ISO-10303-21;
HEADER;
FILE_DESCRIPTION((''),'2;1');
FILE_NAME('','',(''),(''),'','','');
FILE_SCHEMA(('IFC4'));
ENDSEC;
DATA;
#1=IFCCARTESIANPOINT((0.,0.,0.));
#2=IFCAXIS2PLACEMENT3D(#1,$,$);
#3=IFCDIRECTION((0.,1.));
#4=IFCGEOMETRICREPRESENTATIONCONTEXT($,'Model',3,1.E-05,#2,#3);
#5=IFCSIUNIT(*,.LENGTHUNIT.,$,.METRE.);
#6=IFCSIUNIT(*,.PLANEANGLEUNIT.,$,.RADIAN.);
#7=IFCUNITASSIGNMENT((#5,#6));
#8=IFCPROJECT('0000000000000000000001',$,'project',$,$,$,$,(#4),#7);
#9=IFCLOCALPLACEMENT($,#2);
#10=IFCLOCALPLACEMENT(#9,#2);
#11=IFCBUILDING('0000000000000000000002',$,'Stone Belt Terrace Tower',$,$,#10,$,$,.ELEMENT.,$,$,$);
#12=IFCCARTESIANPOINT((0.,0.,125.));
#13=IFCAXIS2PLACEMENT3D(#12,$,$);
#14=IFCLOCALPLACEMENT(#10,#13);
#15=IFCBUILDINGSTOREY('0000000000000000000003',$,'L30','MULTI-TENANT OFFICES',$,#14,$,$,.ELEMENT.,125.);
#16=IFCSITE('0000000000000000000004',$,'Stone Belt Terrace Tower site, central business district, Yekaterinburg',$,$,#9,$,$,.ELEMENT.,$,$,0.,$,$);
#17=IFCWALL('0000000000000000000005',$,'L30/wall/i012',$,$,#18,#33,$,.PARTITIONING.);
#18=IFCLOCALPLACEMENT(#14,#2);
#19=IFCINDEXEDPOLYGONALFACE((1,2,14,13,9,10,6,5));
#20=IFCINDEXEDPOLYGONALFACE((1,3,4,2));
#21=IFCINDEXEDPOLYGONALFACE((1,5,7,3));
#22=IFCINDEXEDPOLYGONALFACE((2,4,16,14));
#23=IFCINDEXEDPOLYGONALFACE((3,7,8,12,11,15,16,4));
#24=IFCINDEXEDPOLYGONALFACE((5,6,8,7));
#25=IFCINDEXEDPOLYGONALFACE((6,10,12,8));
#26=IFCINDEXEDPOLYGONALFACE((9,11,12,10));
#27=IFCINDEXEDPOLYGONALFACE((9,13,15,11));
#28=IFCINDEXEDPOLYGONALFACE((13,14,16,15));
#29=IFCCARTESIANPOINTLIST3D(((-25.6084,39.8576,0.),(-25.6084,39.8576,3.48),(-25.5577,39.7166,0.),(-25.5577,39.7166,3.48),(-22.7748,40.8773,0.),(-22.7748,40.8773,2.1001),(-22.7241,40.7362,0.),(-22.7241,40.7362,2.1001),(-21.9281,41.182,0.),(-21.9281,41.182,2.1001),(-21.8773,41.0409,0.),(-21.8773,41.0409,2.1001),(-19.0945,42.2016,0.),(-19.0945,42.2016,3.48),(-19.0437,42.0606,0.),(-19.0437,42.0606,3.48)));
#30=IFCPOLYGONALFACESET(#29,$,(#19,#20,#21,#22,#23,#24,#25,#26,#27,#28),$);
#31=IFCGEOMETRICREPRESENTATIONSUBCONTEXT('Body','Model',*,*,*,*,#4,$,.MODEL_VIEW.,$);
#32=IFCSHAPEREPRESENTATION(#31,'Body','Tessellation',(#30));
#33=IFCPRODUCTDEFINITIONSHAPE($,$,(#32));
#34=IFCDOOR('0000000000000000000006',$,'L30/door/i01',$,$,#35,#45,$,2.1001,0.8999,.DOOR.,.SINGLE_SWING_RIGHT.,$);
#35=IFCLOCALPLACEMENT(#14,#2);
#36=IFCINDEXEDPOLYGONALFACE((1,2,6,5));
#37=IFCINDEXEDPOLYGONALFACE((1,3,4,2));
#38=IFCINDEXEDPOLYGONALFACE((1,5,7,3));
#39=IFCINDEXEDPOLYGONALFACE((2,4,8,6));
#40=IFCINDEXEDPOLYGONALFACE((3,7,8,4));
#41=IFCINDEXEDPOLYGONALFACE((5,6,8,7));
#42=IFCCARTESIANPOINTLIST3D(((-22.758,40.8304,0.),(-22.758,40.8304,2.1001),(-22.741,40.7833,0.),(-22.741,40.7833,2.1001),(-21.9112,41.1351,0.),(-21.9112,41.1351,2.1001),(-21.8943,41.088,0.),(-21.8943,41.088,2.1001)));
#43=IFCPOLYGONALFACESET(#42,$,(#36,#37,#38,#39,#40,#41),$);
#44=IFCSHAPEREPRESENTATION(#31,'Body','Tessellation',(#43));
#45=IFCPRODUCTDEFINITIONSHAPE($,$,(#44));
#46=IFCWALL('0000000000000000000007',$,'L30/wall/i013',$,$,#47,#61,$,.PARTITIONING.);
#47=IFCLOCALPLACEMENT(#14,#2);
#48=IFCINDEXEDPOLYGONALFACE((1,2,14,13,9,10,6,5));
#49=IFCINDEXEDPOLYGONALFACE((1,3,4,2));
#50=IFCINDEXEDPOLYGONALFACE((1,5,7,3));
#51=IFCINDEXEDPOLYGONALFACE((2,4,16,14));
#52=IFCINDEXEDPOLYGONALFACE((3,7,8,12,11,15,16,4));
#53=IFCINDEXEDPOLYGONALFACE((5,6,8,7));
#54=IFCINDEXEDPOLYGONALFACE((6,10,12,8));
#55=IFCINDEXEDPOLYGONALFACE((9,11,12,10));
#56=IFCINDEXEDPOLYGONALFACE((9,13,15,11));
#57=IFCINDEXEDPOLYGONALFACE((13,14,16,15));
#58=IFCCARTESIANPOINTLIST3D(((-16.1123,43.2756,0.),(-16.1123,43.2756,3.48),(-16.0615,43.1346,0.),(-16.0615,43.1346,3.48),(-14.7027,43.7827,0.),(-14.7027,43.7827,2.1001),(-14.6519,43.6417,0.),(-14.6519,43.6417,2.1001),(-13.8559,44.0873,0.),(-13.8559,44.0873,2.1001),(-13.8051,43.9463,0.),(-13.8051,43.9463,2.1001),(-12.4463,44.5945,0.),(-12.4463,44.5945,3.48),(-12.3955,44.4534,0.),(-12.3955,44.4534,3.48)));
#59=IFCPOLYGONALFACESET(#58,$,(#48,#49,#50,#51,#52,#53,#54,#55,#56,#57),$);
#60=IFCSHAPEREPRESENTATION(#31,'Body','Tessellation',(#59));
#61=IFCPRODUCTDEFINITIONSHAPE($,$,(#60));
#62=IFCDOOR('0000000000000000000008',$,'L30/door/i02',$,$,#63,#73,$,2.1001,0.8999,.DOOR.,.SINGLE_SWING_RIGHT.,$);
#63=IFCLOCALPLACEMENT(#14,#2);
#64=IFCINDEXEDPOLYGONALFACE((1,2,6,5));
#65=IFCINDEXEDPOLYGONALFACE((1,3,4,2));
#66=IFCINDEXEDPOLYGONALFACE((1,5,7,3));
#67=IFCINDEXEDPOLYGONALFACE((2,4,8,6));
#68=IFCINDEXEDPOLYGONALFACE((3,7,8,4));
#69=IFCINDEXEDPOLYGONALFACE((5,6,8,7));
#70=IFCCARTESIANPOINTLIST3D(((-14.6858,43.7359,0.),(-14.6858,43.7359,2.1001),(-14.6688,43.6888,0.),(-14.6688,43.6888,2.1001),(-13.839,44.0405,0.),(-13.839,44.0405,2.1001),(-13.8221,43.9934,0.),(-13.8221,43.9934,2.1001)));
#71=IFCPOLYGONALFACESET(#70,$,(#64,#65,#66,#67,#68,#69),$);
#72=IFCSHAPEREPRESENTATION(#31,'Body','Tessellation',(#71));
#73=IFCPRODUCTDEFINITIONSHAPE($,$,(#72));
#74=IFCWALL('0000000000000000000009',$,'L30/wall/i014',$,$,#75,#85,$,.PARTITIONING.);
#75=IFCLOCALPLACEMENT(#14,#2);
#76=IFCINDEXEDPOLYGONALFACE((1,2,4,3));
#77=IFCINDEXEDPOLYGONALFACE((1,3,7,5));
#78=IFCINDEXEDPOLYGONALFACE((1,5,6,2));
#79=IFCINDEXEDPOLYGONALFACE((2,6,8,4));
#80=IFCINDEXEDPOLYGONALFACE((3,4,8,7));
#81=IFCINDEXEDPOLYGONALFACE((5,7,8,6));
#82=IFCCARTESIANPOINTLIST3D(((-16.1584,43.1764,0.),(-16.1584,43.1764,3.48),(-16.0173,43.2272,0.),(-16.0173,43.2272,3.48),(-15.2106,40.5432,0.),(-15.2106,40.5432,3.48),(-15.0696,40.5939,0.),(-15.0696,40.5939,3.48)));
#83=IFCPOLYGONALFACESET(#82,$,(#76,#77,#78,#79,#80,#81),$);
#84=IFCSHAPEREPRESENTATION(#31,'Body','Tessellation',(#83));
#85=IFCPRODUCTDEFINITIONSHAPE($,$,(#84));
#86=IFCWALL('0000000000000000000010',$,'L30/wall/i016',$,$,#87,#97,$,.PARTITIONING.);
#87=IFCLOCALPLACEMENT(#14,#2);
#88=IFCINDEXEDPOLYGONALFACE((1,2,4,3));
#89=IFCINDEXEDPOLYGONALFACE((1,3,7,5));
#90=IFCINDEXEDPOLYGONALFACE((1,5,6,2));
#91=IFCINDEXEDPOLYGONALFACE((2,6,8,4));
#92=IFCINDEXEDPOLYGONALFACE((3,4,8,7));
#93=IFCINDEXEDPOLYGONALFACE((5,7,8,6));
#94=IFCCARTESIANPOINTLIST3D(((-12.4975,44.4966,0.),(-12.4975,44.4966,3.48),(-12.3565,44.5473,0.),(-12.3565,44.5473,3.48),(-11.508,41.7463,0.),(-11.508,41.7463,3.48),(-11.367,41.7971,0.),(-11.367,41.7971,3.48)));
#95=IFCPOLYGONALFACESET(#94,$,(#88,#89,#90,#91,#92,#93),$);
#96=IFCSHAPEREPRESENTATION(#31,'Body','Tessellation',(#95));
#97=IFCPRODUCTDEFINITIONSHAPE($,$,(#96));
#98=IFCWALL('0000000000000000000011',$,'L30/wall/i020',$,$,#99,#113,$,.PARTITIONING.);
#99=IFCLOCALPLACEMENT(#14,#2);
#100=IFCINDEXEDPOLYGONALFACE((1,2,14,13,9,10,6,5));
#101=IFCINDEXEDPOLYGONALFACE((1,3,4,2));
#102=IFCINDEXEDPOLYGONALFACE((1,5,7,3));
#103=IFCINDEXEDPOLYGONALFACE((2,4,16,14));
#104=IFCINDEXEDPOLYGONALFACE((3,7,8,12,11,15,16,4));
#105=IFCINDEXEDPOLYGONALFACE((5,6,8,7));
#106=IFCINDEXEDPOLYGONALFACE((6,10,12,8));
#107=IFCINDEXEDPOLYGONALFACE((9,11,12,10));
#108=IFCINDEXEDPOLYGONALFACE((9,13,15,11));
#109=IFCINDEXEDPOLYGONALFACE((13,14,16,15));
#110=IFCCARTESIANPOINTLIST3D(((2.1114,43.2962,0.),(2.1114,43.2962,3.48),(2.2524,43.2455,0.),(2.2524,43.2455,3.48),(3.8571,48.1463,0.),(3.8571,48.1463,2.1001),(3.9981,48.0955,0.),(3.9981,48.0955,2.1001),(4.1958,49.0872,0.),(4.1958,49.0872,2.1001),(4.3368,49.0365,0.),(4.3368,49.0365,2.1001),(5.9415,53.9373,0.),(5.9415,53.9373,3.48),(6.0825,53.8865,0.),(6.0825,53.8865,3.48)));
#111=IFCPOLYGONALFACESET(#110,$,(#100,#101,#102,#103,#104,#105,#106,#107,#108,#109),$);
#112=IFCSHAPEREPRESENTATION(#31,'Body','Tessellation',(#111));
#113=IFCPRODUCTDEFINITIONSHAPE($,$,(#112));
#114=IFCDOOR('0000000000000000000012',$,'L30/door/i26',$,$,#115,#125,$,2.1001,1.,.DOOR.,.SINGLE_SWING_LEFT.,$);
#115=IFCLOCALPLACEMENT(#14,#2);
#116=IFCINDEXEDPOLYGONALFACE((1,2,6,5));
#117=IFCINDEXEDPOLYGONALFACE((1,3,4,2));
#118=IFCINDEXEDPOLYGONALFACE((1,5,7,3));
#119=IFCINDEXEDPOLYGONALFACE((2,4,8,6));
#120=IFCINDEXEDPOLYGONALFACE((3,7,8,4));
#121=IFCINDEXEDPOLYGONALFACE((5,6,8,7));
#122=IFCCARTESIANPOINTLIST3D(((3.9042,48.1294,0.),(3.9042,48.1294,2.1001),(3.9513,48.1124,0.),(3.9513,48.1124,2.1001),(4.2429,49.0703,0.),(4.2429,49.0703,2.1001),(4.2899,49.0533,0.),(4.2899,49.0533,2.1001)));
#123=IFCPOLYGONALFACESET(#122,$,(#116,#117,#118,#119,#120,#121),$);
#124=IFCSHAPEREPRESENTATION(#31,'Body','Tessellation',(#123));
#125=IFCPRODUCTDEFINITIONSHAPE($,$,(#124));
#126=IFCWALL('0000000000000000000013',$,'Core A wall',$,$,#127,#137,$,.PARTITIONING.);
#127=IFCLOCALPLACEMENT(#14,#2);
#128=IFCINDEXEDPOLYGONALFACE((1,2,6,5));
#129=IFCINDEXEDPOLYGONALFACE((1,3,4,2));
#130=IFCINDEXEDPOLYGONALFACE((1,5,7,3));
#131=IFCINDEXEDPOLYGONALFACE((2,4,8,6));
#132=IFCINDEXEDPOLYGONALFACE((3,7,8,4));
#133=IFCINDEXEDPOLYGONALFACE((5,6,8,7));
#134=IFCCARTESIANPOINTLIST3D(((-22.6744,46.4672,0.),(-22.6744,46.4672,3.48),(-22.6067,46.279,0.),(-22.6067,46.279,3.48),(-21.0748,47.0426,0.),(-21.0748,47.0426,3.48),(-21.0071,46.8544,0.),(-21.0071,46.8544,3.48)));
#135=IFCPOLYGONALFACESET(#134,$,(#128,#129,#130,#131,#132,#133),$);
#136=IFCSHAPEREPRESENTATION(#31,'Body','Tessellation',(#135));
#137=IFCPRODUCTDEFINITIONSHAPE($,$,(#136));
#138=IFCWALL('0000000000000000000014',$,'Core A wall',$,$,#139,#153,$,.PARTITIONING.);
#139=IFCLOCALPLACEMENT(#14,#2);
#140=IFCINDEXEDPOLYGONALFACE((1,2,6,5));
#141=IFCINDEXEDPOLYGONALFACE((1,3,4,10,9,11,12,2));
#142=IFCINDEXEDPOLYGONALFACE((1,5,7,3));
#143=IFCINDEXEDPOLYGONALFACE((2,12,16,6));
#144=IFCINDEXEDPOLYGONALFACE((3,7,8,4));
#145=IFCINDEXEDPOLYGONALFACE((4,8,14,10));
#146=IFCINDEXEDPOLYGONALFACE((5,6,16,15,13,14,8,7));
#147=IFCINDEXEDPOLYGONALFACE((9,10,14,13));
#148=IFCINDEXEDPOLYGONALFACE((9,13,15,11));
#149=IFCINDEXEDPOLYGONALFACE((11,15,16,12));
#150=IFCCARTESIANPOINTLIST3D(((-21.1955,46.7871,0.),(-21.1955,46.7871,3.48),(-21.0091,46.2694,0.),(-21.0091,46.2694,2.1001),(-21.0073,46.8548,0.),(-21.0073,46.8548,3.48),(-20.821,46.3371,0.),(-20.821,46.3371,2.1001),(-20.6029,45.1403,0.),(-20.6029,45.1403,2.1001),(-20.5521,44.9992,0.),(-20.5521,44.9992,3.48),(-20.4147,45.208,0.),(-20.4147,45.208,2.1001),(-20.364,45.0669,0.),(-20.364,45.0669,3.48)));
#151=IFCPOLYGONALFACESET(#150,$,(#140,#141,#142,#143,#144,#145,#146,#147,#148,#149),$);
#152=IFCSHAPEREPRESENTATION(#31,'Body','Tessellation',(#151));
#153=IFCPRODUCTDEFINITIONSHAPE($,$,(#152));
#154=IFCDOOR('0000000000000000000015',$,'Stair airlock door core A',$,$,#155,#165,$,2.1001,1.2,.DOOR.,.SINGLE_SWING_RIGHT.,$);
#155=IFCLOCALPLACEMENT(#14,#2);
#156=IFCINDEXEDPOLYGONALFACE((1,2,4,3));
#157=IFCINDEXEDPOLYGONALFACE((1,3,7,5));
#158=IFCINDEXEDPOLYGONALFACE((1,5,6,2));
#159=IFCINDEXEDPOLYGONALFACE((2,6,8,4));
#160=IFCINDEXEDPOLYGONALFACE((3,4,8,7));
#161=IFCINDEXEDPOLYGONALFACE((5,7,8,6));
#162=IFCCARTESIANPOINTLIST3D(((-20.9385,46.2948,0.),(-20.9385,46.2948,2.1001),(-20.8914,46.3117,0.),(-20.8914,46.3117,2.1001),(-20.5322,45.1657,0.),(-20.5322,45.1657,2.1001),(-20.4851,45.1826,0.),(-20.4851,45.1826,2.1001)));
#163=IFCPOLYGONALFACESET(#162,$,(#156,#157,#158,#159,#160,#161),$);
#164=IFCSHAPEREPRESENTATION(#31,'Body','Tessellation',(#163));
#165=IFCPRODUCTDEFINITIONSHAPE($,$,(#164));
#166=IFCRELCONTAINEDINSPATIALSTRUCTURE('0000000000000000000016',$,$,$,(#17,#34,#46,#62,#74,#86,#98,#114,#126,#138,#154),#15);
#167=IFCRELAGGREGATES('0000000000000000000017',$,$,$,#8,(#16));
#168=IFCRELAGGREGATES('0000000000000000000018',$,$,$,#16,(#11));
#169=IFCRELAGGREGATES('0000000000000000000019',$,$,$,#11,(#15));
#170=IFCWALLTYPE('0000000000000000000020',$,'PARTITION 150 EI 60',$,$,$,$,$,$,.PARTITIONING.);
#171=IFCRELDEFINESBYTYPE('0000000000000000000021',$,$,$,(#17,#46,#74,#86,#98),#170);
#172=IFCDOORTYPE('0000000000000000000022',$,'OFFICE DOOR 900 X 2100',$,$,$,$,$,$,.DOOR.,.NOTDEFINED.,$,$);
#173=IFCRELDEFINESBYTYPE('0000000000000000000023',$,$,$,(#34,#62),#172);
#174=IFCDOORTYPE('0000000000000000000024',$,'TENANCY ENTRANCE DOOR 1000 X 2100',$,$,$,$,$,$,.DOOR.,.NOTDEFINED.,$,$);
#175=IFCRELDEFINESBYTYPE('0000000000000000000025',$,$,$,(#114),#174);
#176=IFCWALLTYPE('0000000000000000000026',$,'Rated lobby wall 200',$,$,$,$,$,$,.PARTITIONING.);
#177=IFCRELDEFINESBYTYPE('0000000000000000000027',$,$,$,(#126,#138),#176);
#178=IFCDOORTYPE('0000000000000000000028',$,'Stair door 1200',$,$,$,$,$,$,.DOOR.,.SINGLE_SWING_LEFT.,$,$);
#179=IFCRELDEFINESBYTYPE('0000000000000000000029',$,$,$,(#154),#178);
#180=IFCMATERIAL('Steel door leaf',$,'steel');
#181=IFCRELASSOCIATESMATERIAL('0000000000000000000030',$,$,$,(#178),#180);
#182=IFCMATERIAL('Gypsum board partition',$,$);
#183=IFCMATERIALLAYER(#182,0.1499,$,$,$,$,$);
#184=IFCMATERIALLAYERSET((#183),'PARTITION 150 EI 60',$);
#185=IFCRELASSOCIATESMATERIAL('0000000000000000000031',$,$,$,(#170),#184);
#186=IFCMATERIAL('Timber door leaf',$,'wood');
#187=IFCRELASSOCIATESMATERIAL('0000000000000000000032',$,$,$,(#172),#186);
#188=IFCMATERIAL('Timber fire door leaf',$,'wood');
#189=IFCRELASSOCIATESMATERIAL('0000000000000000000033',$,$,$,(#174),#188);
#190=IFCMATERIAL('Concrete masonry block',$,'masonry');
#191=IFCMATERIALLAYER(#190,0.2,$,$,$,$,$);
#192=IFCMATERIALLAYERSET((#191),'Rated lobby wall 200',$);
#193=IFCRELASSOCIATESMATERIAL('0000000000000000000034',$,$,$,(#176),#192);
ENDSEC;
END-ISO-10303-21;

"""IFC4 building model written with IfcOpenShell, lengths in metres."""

from ifc_helpers import new_model, si_unit, direction, frame, frame_2d, origin, place, context, subcontext, project, spatial, rectangle, extrude, material, layer, layer_set, type_object, element, fill, save


model = new_model("IFC4")

# Units and contexts
model_context = context("Model", 3, precision=1e-05, world=origin(), true_north=direction((0.0, 1.0)))
body_context = subcontext(model_context, "Body", "Model", "MODEL_VIEW")
ifc_project = project(units=[si_unit("LENGTHUNIT", "METRE"), si_unit("PLANEANGLEUNIT", "RADIAN")], contexts=[model_context])

# Site, building, storey
site_placement = place(None, origin())
site = spatial("IfcSite", under=ifc_project, at=site_placement, Name="Stone Belt Terrace Tower site, central business district, Yekaterinburg", CompositionType="ELEMENT", RefElevation=0.0)
building_placement = place(site_placement, origin())
building = spatial("IfcBuilding", under=site, at=building_placement, Name="Stone Belt Terrace Tower", CompositionType="ELEMENT")
storey_placement = place(building_placement, frame((0.0, 0.0, 125.0)))
storey = spatial("IfcBuildingStorey", under=building, at=storey_placement, Name="L30", Description="MULTI-TENANT OFFICES", CompositionType="ELEMENT", Elevation=125.0)

# Shared definitions
ifc_material_1 = material(Name="Steel door leaf", Category="steel")
door_type_1 = type_object("IfcDoorType", Name="Stair door 1200", OperationType="SINGLE_SWING_LEFT", PredefinedType="DOOR", material=ifc_material_1)

# Shared definitions
ifc_material_2 = material(Name="Gypsum board partition")
ifc_layer_1 = layer(ifc_material_2, 0.1499)
ifc_layer_set_1 = layer_set([ifc_layer_1], Name="PARTITION 150 EI 60")
wall_type_1 = type_object("IfcWallType", Name="PARTITION 150 EI 60", PredefinedType="PARTITIONING", material=ifc_layer_set_1)

# Walls, openings, doors
wall_1_placement = place(storey_placement, frame((-19.0691, 42.1311, 0.0), z_axis=(0.0, 0.0, 1.0), x_axis=(-0.940934, -0.33859, 0.0)))
wall_1 = element("IfcWall", 1, at=wall_1_placement, inside=storey, type_object=wall_type_1, Name="L30/wall/i012", PredefinedType="PARTITIONING", context=body_context, shape_type="SweptSolid", body=[
    extrude(rectangle(XDim=6.9229, YDim=0.1499, at=frame_2d((3.4614, 0.0))), origin(), (0.0, 0.0, 1.0), 3.48),
])
opening_1_placement = place(wall_1_placement, frame((3.0115, 0.0, 0.0)))
opening_1 = element("IfcOpeningElement", 2, at=opening_1_placement, cuts=wall_1, PredefinedType="OPENING", context=body_context, shape_type="SweptSolid", body=[
    extrude(rectangle(XDim=0.8999, YDim=2.1001, at=frame_2d((0.45, 1.05))), frame((0.0, 0.085, 0.0), z_axis=(0.0, -1.0, 0.0), x_axis=(1.0, 0.0, 0.0)), (0.0, 0.0, 1.0), 0.1699),
])
ifc_material_3 = material(Name="Timber door leaf", Category="wood")
door_type_2 = type_object("IfcDoorType", Name="OFFICE DOOR 900 X 2100", OperationType="NOTDEFINED", PredefinedType="DOOR", material=ifc_material_3)
door_1_placement = place(opening_1_placement, origin())
door_1 = element("IfcDoor", 3, at=door_1_placement, inside=storey, type_object=door_type_2, Name="L30/door/i01", OperationType="SINGLE_SWING_RIGHT", OverallHeight=2.1001, OverallWidth=0.8999, PredefinedType="DOOR", context=body_context, shape_type="SweptSolid", body=[
    extrude(rectangle(XDim=0.8999, YDim=2.1001, at=frame_2d((0.45, 1.05))), frame((0.0, 0.0249, 0.0), z_axis=(0.0, -1.0, 0.0), x_axis=(1.0, 0.0, 0.0)), (0.0, 0.0, 1.0), 0.05),
])
fill(opening_1, door_1)
wall_2_placement = place(storey_placement, frame((-12.4209, 44.5239, 0.0), z_axis=(0.0, 0.0, 1.0), x_axis=(-0.940962, -0.338511, 0.0)))
wall_2 = element("IfcWall", 4, at=wall_2_placement, inside=storey, type_object=wall_type_1, Name="L30/wall/i013", PredefinedType="PARTITIONING", context=body_context, shape_type="SweptSolid", body=[
    extrude(rectangle(XDim=3.896, YDim=0.1499, at=frame_2d((1.948, 0.0))), origin(), (0.0, 0.0, 1.0), 3.48),
])
opening_2_placement = place(wall_2_placement, frame((1.498, 0.0, 0.0)))
opening_2 = element("IfcOpeningElement", 5, at=opening_2_placement, cuts=wall_2, PredefinedType="OPENING", context=body_context, shape_type="SweptSolid", body=[
    extrude(rectangle(XDim=0.8999, YDim=2.1001, at=frame_2d((0.45, 1.05))), frame((0.0, 0.085, 0.0), z_axis=(0.0, -1.0, 0.0), x_axis=(1.0, 0.0, 0.0)), (0.0, 0.0, 1.0), 0.1699),
])
door_2_placement = place(opening_2_placement, origin())
door_2 = element("IfcDoor", 6, at=door_2_placement, inside=storey, type_object=door_type_2, Name="L30/door/i02", OperationType="SINGLE_SWING_RIGHT", OverallHeight=2.1001, OverallWidth=0.8999, PredefinedType="DOOR", context=body_context, shape_type="SweptSolid", body=[
    extrude(rectangle(XDim=0.8999, YDim=2.1001, at=frame_2d((0.45, 1.05))), frame((0.0, 0.0249, 0.0), z_axis=(0.0, -1.0, 0.0), x_axis=(1.0, 0.0, 0.0)), (0.0, 0.0, 1.0), 0.05),
])
fill(opening_2, door_2)

# Walls
wall_3_placement = place(storey_placement, frame((-16.0879, 43.2019, 0.0), z_axis=(0.0, 0.0, 1.0), x_axis=(0.338645, -0.940914, 0.0)))
element("IfcWall", 7, at=wall_3_placement, inside=storey, type_object=wall_type_1, Name="L30/wall/i014", PredefinedType="PARTITIONING", context=body_context, shape_type="SweptSolid", body=[
    extrude(rectangle(XDim=2.7986, YDim=0.1499, at=frame_2d((1.3994, 0.0))), origin(), (0.0, 0.0, 1.0), 3.48),
])
wall_4_placement = place(storey_placement, frame((-12.427, 44.522, 0.0), z_axis=(0.0, 0.0, 1.0), x_axis=(0.338542, -0.940951, 0.0)))
element("IfcWall", 8, at=wall_4_placement, inside=storey, type_object=wall_type_1, Name="L30/wall/i016", PredefinedType="PARTITIONING", context=body_context, shape_type="SweptSolid", body=[
    extrude(rectangle(XDim=2.9229, YDim=0.1499, at=frame_2d((1.4614, 0.0))), origin(), (0.0, 0.0, 1.0), 3.48),
])

# Wall, opening, door
wall_5_placement = place(storey_placement, frame((2.1819, 43.2708, 0.0), z_axis=(0.0, 0.0, 1.0), x_axis=(0.338663, 0.940908, 0.0)))
wall_5 = element("IfcWall", 9, at=wall_5_placement, inside=storey, type_object=wall_type_1, Name="L30/wall/i020", PredefinedType="PARTITIONING", context=body_context, shape_type="SweptSolid", body=[
    extrude(rectangle(XDim=11.3093, YDim=0.1499, at=frame_2d((5.6548, 0.0))), origin(), (0.0, 0.0, 1.0), 3.48),
])
opening_3_placement = place(wall_5_placement, frame((5.1548, 0.0, 0.0)))
opening_3 = element("IfcOpeningElement", 10, at=opening_3_placement, cuts=wall_5, PredefinedType="OPENING", context=body_context, shape_type="SweptSolid", body=[
    extrude(rectangle(XDim=1.0, YDim=2.1001, at=frame_2d((0.5, 1.05))), frame((0.0, 0.085, 0.0), z_axis=(0.0, -1.0, 0.0), x_axis=(1.0, 0.0, 0.0)), (0.0, 0.0, 1.0), 0.1699),
])
ifc_material_4 = material(Name="Timber fire door leaf", Category="wood")
door_type_3 = type_object("IfcDoorType", Name="TENANCY ENTRANCE DOOR 1000 X 2100", OperationType="NOTDEFINED", PredefinedType="DOOR", material=ifc_material_4)
door_3_placement = place(opening_3_placement, origin())
door_3 = element("IfcDoor", 11, at=door_3_placement, inside=storey, type_object=door_type_3, Name="L30/door/i26", OperationType="SINGLE_SWING_LEFT", OverallHeight=2.1001, OverallWidth=1.0, PredefinedType="DOOR", context=body_context, shape_type="SweptSolid", body=[
    extrude(rectangle(XDim=1.0, YDim=2.1001, at=frame_2d((0.5, 1.05))), frame((0.0, 0.0249, 0.0), z_axis=(0.0, -1.0, 0.0), x_axis=(1.0, 0.0, 0.0)), (0.0, 0.0, 1.0), 0.05),
])
fill(opening_3, door_3)

# Wall
ifc_material_5 = material(Name="Concrete masonry block", Category="masonry")
ifc_layer_2 = layer(ifc_material_5, 0.2)
ifc_layer_set_2 = layer_set([ifc_layer_2], Name="Rated lobby wall 200")
wall_type_2 = type_object("IfcWallType", Name="Rated lobby wall 200", PredefinedType="PARTITIONING", material=ifc_layer_set_2)
wall_6_placement = place(storey_placement, frame((-22.6406, 46.373, 0.0), z_axis=(0.0, 0.0, 1.0), x_axis=(0.940966, 0.338501, 0.0)))
element("IfcWall", 12, at=wall_6_placement, inside=storey, type_object=wall_type_2, Name="Core A wall", PredefinedType="PARTITIONING", context=body_context, shape_type="SweptSolid", body=[
    extrude(rectangle(XDim=1.7, YDim=0.2, at=frame_2d((0.8501, 0.0))), origin(), (0.0, 0.0, 1.0), 3.48),
])

# Wall, opening, door
wall_7_placement = place(storey_placement, frame((-20.458, 45.033, 0.0), z_axis=(0.0, 0.0, 1.0), x_axis=(-0.338574, 0.94094, 0.0)))
wall_7 = element("IfcWall", 13, at=wall_7_placement, inside=storey, type_object=wall_type_2, Name="Core A wall", PredefinedType="PARTITIONING", context=body_context, shape_type="SweptSolid", body=[
    extrude(rectangle(XDim=1.9001, YDim=0.2, at=frame_2d((0.9502, 0.0))), origin(), (0.0, 0.0, 1.0), 3.48),
])
opening_4_placement = place(wall_7_placement, frame((0.1499, 0.0, 0.0)))
opening_4 = element("IfcOpeningElement", 14, at=opening_4_placement, cuts=wall_7, PredefinedType="OPENING", context=body_context, shape_type="SweptSolid", body=[
    extrude(rectangle(XDim=1.2, YDim=2.1001, at=frame_2d((0.6001, 1.05))), frame((0.0, 0.1099, 0.0), z_axis=(0.0, -1.0, 0.0), x_axis=(1.0, 0.0, 0.0)), (0.0, 0.0, 1.0), 0.22),
])
door_4_placement = place(opening_4_placement, origin())
door_4 = element("IfcDoor", 15, at=door_4_placement, inside=storey, type_object=door_type_1, Name="Stair airlock door core A", OperationType="SINGLE_SWING_RIGHT", OverallHeight=2.1001, OverallWidth=1.2, PredefinedType="DOOR", context=body_context, shape_type="SweptSolid", body=[
    extrude(rectangle(XDim=1.2, YDim=2.1001, at=frame_2d((0.6001, 1.05))), frame((0.0, 0.0249, 0.0), z_axis=(0.0, -1.0, 0.0), x_axis=(1.0, 0.0, 0.0)), (0.0, 0.0, 1.0), 0.05),
])
fill(opening_4, door_4)

save(model, "model.ifc")
